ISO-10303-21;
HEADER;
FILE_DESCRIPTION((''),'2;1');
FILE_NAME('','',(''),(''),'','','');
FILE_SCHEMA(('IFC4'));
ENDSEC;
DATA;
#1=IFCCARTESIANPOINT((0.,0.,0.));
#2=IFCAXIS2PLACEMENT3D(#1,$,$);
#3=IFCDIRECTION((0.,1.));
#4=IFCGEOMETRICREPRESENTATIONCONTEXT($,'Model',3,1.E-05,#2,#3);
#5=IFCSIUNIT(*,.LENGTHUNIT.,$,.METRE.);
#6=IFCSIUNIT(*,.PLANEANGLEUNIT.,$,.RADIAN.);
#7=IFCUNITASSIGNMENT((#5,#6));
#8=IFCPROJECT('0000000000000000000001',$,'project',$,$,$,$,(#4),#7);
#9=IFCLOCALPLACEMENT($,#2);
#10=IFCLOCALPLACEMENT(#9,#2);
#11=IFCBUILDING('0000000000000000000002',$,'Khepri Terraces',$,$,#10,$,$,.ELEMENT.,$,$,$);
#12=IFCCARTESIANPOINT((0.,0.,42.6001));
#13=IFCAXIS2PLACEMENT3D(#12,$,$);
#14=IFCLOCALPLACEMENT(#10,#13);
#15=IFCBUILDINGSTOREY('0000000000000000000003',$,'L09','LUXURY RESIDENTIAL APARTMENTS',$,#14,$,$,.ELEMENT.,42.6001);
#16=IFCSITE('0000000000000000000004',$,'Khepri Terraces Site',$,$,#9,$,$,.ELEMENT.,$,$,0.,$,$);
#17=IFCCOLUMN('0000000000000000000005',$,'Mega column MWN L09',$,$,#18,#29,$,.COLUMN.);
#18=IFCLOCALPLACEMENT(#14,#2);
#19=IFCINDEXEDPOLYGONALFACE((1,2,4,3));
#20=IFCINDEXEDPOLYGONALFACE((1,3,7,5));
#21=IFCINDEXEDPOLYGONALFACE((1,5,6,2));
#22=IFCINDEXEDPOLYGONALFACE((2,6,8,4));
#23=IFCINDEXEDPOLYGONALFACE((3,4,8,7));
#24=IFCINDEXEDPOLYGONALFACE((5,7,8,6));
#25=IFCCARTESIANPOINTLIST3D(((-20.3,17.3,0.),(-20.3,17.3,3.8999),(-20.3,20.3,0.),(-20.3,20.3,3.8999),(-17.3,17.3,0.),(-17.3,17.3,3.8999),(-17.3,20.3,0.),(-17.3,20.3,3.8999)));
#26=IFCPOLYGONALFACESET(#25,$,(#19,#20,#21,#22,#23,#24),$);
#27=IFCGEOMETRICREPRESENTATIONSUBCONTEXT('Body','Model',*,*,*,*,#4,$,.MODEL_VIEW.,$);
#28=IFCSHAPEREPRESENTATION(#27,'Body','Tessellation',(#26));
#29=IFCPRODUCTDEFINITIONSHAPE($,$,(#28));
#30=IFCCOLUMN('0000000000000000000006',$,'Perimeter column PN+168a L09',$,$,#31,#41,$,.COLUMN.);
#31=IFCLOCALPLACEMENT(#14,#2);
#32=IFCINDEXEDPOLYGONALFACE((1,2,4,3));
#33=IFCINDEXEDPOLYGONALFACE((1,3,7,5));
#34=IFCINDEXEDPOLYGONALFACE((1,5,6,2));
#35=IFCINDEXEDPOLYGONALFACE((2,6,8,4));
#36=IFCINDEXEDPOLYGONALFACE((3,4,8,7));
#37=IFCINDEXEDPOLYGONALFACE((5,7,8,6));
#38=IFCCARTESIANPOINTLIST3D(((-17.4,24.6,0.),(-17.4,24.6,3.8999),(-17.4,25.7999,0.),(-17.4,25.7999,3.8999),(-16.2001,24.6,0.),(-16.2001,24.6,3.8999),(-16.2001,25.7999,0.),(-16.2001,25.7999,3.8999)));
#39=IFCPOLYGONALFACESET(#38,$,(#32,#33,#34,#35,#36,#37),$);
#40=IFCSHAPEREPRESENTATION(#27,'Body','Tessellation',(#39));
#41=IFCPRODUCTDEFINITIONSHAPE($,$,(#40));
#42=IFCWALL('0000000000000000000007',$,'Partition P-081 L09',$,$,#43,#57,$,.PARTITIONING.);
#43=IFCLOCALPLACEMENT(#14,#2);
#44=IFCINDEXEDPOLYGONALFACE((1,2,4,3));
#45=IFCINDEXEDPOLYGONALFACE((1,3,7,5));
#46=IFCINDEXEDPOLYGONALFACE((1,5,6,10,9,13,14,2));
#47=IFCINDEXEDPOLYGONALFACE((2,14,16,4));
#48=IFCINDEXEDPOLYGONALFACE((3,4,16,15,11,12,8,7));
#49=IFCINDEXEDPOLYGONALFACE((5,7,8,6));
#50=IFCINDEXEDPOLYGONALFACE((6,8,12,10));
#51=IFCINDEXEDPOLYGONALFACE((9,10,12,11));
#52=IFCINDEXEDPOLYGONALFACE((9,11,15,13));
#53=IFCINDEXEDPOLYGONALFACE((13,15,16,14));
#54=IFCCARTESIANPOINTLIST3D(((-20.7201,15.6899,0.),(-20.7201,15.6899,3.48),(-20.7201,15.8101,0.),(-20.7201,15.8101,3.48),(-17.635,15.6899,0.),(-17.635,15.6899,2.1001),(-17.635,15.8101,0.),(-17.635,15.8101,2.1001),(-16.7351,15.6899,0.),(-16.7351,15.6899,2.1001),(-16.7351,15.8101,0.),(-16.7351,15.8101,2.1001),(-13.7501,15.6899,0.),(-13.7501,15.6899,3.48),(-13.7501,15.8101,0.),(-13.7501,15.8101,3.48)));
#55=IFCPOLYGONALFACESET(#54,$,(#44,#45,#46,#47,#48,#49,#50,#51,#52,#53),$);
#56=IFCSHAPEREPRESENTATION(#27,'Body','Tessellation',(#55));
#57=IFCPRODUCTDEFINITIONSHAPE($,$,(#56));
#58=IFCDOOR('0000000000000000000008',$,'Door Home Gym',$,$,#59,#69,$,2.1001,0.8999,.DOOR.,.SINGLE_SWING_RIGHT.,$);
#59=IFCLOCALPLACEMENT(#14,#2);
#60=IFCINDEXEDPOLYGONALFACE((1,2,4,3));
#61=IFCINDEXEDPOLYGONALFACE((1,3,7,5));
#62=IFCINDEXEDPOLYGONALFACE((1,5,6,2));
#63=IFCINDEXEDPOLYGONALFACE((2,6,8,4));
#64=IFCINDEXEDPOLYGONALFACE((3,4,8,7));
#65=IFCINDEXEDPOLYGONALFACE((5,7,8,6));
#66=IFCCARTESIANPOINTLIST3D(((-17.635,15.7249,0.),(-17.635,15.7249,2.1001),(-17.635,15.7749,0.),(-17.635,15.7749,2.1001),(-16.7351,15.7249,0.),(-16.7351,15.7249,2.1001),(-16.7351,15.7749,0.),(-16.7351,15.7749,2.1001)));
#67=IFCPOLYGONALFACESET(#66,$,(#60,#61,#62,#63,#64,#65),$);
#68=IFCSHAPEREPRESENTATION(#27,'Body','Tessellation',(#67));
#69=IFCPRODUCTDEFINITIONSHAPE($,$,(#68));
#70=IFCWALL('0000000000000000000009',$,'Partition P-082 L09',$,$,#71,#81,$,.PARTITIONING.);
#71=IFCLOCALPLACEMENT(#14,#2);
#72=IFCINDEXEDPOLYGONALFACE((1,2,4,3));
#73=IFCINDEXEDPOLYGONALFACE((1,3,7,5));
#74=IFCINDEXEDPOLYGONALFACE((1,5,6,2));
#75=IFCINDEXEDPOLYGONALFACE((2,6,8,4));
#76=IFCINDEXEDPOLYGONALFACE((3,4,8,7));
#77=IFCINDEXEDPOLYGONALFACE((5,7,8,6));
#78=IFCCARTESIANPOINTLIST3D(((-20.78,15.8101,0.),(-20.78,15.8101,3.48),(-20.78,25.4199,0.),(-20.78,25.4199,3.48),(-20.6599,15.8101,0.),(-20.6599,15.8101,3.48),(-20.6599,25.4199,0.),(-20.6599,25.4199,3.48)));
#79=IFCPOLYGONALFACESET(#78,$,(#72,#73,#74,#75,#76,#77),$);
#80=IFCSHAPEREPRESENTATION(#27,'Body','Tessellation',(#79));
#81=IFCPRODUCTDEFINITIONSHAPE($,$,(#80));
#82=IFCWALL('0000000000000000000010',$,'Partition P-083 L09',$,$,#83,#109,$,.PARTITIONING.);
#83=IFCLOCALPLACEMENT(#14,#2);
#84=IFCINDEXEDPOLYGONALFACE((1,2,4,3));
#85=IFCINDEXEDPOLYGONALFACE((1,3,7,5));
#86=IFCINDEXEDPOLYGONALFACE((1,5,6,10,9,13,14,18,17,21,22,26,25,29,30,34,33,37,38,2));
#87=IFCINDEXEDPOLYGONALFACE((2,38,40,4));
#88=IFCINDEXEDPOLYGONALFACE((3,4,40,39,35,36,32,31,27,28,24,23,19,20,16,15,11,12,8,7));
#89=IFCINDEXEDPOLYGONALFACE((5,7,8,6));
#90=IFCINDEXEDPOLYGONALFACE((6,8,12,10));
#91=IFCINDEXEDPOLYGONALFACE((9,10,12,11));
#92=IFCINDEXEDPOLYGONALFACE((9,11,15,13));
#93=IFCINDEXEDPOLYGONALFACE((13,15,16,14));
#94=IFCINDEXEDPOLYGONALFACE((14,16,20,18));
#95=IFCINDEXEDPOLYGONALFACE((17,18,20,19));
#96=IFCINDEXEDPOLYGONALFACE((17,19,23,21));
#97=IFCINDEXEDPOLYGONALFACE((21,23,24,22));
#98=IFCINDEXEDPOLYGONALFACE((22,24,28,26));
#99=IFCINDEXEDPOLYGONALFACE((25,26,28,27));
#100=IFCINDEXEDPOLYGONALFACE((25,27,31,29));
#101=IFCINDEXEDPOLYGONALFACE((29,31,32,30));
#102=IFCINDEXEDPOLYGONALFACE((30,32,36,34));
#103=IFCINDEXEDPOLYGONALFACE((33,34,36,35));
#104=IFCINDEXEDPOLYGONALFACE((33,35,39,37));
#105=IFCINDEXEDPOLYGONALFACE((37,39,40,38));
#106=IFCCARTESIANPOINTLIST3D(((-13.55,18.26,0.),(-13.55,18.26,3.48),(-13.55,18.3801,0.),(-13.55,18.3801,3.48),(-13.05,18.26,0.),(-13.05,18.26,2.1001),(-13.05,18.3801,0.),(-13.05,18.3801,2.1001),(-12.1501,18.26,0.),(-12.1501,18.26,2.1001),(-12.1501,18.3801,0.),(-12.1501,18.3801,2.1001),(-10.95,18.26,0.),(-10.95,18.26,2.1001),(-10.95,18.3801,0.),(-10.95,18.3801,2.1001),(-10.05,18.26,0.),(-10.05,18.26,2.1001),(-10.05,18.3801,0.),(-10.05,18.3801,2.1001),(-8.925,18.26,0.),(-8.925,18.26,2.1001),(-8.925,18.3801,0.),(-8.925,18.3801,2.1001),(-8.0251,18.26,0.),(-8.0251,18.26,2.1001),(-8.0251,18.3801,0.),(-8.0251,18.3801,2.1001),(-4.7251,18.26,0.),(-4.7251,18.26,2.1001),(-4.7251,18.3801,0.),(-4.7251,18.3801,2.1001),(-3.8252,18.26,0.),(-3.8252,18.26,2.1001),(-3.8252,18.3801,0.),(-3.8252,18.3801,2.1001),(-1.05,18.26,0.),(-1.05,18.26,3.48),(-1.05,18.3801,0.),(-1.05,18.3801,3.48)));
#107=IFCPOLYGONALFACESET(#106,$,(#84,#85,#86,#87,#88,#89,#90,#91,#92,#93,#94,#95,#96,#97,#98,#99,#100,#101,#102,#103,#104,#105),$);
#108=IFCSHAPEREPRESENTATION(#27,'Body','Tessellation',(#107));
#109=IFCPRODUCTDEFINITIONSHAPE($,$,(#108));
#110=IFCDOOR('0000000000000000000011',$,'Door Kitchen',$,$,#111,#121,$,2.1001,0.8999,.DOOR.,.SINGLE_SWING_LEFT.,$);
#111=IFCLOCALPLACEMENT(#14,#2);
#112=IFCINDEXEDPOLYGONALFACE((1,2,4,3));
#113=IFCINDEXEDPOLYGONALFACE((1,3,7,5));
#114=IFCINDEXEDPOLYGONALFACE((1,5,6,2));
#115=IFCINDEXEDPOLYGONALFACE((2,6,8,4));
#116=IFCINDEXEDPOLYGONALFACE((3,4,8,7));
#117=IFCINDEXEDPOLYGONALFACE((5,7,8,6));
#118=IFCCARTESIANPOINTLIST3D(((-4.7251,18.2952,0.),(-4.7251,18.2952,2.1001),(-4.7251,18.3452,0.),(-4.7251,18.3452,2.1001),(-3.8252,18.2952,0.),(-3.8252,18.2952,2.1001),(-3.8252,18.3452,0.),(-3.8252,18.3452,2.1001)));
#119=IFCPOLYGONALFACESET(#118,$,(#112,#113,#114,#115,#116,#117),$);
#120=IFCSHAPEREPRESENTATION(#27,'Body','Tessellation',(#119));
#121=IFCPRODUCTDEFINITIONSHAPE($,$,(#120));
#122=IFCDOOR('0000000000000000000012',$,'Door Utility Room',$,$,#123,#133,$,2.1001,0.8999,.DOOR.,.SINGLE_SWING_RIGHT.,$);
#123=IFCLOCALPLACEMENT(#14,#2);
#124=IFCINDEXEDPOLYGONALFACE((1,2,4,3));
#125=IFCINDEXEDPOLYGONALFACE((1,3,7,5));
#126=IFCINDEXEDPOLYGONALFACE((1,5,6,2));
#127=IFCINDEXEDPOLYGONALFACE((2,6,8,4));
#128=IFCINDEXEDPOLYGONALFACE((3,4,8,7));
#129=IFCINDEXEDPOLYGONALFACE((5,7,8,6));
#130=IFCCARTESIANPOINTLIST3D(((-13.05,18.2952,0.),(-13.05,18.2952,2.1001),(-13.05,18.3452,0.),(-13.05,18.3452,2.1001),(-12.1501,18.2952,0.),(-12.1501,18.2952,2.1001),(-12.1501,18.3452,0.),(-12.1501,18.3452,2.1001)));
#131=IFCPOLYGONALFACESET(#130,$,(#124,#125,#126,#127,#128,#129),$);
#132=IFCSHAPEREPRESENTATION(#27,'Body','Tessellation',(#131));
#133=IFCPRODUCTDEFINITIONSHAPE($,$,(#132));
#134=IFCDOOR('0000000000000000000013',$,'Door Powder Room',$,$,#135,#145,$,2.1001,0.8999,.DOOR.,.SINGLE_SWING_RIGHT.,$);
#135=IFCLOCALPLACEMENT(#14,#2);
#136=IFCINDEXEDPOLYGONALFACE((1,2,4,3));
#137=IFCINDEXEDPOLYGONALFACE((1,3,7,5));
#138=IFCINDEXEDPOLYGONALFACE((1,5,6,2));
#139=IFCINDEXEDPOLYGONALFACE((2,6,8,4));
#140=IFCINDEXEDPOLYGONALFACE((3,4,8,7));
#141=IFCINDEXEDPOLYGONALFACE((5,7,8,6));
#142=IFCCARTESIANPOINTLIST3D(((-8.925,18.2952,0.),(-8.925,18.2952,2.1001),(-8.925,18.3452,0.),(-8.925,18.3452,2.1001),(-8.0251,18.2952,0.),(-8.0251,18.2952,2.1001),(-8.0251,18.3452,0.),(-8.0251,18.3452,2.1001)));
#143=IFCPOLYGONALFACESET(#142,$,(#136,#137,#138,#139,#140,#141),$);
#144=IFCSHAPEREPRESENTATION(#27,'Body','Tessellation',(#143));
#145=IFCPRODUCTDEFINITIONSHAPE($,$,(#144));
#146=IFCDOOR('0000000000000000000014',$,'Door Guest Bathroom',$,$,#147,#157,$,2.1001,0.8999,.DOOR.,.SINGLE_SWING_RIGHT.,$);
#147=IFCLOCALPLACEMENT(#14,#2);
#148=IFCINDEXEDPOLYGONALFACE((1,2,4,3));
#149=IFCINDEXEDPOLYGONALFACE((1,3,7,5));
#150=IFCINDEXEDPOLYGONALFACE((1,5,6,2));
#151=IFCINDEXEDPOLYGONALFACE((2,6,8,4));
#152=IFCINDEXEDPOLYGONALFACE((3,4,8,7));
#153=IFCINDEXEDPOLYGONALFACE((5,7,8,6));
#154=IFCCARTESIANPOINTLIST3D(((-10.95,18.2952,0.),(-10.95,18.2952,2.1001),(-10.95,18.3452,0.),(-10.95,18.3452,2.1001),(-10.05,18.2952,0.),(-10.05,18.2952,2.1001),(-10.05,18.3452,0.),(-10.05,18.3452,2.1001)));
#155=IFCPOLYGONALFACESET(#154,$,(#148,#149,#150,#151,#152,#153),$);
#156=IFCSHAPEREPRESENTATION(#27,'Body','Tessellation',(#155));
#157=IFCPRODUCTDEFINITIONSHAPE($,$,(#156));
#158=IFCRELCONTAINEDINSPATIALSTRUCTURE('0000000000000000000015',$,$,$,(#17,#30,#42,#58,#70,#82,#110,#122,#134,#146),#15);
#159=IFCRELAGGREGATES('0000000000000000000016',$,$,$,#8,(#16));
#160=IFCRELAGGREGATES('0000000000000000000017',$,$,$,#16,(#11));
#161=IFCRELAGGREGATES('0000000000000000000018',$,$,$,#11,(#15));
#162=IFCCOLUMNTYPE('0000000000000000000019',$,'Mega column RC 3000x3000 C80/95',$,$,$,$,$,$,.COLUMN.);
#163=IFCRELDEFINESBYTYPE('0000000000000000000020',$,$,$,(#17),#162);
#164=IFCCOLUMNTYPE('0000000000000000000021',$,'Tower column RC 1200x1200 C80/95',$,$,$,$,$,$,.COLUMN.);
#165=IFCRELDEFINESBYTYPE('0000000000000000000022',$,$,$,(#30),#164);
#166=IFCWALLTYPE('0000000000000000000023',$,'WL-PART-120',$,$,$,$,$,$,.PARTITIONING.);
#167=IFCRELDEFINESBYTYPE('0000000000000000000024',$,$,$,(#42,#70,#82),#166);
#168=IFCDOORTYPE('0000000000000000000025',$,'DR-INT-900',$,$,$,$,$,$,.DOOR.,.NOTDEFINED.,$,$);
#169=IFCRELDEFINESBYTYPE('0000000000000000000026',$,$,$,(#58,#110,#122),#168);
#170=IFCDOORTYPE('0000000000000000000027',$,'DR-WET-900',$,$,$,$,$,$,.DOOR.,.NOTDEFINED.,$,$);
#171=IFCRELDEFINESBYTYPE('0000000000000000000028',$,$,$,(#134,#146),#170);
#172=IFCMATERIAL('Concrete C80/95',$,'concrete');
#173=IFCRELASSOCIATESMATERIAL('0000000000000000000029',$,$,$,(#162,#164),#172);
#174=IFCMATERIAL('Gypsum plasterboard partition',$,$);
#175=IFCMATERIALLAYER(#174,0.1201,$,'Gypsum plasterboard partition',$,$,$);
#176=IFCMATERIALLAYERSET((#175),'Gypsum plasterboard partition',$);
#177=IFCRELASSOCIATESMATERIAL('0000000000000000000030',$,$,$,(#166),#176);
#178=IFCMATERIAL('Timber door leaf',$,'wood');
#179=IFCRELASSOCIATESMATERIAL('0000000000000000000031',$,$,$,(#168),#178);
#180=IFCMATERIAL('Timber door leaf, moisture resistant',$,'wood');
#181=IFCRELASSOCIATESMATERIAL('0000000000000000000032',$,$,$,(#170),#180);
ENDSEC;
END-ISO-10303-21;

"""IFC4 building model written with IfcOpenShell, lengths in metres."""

from ifc_helpers import new_model, si_unit, direction, frame, frame_2d, origin, origin_2d, place, context, subcontext, project, spatial, rectangle, extrude, material, layer, layer_set, material_profile, profile_set, type_object, element, fill, save


model = new_model("IFC4")

# Units and contexts
model_context = context("Model", 3, precision=1e-05, world=origin(), true_north=direction((0.0, 1.0)))
body_context = subcontext(model_context, "Body", "Model", "MODEL_VIEW")
ifc_project = project(units=[si_unit("LENGTHUNIT", "METRE"), si_unit("PLANEANGLEUNIT", "RADIAN")], contexts=[model_context])

# Site, building, storey
site_placement = place(None, origin())
site = spatial("IfcSite", under=ifc_project, at=site_placement, Name="Khepri Terraces Site", CompositionType="ELEMENT", RefElevation=0.0)
building_placement = place(site_placement, origin())
building = spatial("IfcBuilding", under=site, at=building_placement, Name="Khepri Terraces", CompositionType="ELEMENT")
storey_placement = place(building_placement, frame((0.0, 0.0, 42.6001)))
storey = spatial("IfcBuildingStorey", under=building, at=storey_placement, Name="L09", Description="LUXURY RESIDENTIAL APARTMENTS", CompositionType="ELEMENT", Elevation=42.6001)

# Columns
ifc_material_1 = material(Name="Concrete C80/95", Category="concrete")
ifc_material_profile_1 = material_profile(ifc_material_1, rectangle(XDim=3.0, YDim=3.0, at=origin_2d()), Name="Concrete C80/95", Category="concrete")
ifc_profile_set_1 = profile_set([ifc_material_profile_1], Name="Concrete C80/95")
column_type_1 = type_object("IfcColumnType", Name="Mega column RC 3000x3000 C80/95", PredefinedType="COLUMN", material=ifc_profile_set_1)
column_1_placement = place(storey_placement, frame((-18.8, 18.8, 0.0), z_axis=(0.0, 0.0, 1.0), x_axis=(1.0, 0.0, 0.0)))
element("IfcColumn", 1, at=column_1_placement, inside=storey, type_object=column_type_1, Name="Mega column MWN L09", PredefinedType="COLUMN", context=body_context, shape_type="SweptSolid", body=[
    extrude(rectangle(XDim=3.0, YDim=3.0, at=origin_2d()), origin(), (0.0, 0.0, 1.0), 3.8999),
])
ifc_material_profile_2 = material_profile(ifc_material_1, rectangle(XDim=1.2, YDim=1.2, at=origin_2d()), Name="Concrete C80/95", Category="concrete")
ifc_profile_set_2 = profile_set([ifc_material_profile_2], Name="Concrete C80/95")
column_type_2 = type_object("IfcColumnType", Name="Tower column RC 1200x1200 C80/95", PredefinedType="COLUMN", material=ifc_profile_set_2)
column_2_placement = place(storey_placement, frame((-16.8, 25.2, 0.0), z_axis=(0.0, 0.0, 1.0), x_axis=(1.0, 0.0, 0.0)))
element("IfcColumn", 2, at=column_2_placement, inside=storey, type_object=column_type_2, Name="Perimeter column PN+168a L09", PredefinedType="COLUMN", context=body_context, shape_type="SweptSolid", body=[
    extrude(rectangle(XDim=1.2, YDim=1.2, at=origin_2d()), origin(), (0.0, 0.0, 1.0), 3.8999),
])

# Wall, opening, door
ifc_material_2 = material(Name="Gypsum plasterboard partition")
ifc_layer_1 = layer(ifc_material_2, 0.1201, Name="Gypsum plasterboard partition")
ifc_layer_set_1 = layer_set([ifc_layer_1], Name="Gypsum plasterboard partition")
wall_type_1 = type_object("IfcWallType", Name="WL-PART-120", PredefinedType="PARTITIONING", material=ifc_layer_set_1)
wall_1_placement = place(storey_placement, frame((-20.72, 15.75, 0.0), z_axis=(0.0, 0.0, 1.0), x_axis=(1.0, 0.0, 0.0)))
wall_1 = element("IfcWall", 3, at=wall_1_placement, inside=storey, type_object=wall_type_1, Name="Partition P-081 L09", PredefinedType="PARTITIONING", context=body_context, shape_type="SweptSolid", body=[
    extrude(rectangle(XDim=6.97, YDim=0.1201, at=frame_2d((3.4849, 0.0))), origin(), (0.0, 0.0, 1.0), 3.48),
])
opening_1_placement = place(wall_1_placement, frame((3.085, 0.0, 0.0)))
opening_1 = element("IfcOpeningElement", 4, at=opening_1_placement, cuts=wall_1, PredefinedType="OPENING", context=body_context, shape_type="SweptSolid", body=[
    extrude(rectangle(XDim=0.8999, YDim=2.1001, at=frame_2d((0.45, 1.05))), frame((0.0, 0.0701, 0.0), z_axis=(0.0, -1.0, 0.0), x_axis=(1.0, 0.0, 0.0)), (0.0, 0.0, 1.0), 0.1401),
])
ifc_material_3 = material(Name="Timber door leaf", Category="wood")
door_type_1 = type_object("IfcDoorType", Name="DR-INT-900", OperationType="NOTDEFINED", PredefinedType="DOOR", material=ifc_material_3)
door_1_placement = place(opening_1_placement, origin())
door_1 = element("IfcDoor", 5, at=door_1_placement, inside=storey, type_object=door_type_1, Name="Door Home Gym", OperationType="SINGLE_SWING_RIGHT", OverallHeight=2.1001, OverallWidth=0.8999, PredefinedType="DOOR", context=body_context, shape_type="SweptSolid", body=[
    extrude(rectangle(XDim=0.8999, YDim=2.1001, at=frame_2d((0.45, 1.05))), frame((0.0, 0.0249, 0.0), z_axis=(0.0, -1.0, 0.0), x_axis=(1.0, 0.0, 0.0)), (0.0, 0.0, 1.0), 0.05),
])
fill(opening_1, door_1)

# Wall
wall_2_placement = place(storey_placement, frame((-20.72, 15.8101, 0.0), z_axis=(0.0, 0.0, 1.0), x_axis=(0.0, 1.0, 0.0)))
element("IfcWall", 6, at=wall_2_placement, inside=storey, type_object=wall_type_1, Name="Partition P-082 L09", PredefinedType="PARTITIONING", context=body_context, shape_type="SweptSolid", body=[
    extrude(rectangle(XDim=9.6099, YDim=0.1201, at=frame_2d((4.8049, 0.0))), origin(), (0.0, 0.0, 1.0), 3.48),
])

# Wall, openings, doors
wall_3_placement = place(storey_placement, frame((-13.55, 18.3201, 0.0), z_axis=(0.0, 0.0, 1.0), x_axis=(1.0, 0.0, 0.0)))
wall_3 = element("IfcWall", 7, at=wall_3_placement, inside=storey, type_object=wall_type_1, Name="Partition P-083 L09", PredefinedType="PARTITIONING", context=body_context, shape_type="SweptSolid", body=[
    extrude(rectangle(XDim=12.5, YDim=0.1201, at=frame_2d((6.25, 0.0))), origin(), (0.0, 0.0, 1.0), 3.48),
])
opening_2_placement = place(wall_3_placement, frame((8.825, 0.0, 0.0)))
opening_2 = element("IfcOpeningElement", 8, at=opening_2_placement, cuts=wall_3, PredefinedType="OPENING", context=body_context, shape_type="SweptSolid", body=[
    extrude(rectangle(XDim=0.8999, YDim=2.1001, at=frame_2d((0.45, 1.05))), frame((0.0, 0.0701, 0.0), z_axis=(0.0, -1.0, 0.0), x_axis=(1.0, 0.0, 0.0)), (0.0, 0.0, 1.0), 0.1401),
])
opening_3_placement = place(wall_3_placement, frame((4.625, 0.0, 0.0)))
opening_3 = element("IfcOpeningElement", 9, at=opening_3_placement, cuts=wall_3, PredefinedType="OPENING", context=body_context, shape_type="SweptSolid", body=[
    extrude(rectangle(XDim=0.8999, YDim=2.1001, at=frame_2d((0.45, 1.05))), frame((0.0, 0.0701, 0.0), z_axis=(0.0, -1.0, 0.0), x_axis=(1.0, 0.0, 0.0)), (0.0, 0.0, 1.0), 0.1401),
])
opening_4_placement = place(wall_3_placement, frame((2.6001, 0.0, 0.0)))
opening_4 = element("IfcOpeningElement", 10, at=opening_4_placement, cuts=wall_3, PredefinedType="OPENING", context=body_context, shape_type="SweptSolid", body=[
    extrude(rectangle(XDim=0.8999, YDim=2.1001, at=frame_2d((0.45, 1.05))), frame((0.0, 0.0701, 0.0), z_axis=(0.0, -1.0, 0.0), x_axis=(1.0, 0.0, 0.0)), (0.0, 0.0, 1.0), 0.1401),
])
opening_5_placement = place(wall_3_placement, frame((0.5, 0.0, 0.0)))
opening_5 = element("IfcOpeningElement", 11, at=opening_5_placement, cuts=wall_3, PredefinedType="OPENING", context=body_context, shape_type="SweptSolid", body=[
    extrude(rectangle(XDim=0.8999, YDim=2.1001, at=frame_2d((0.45, 1.05))), frame((0.0, 0.0701, 0.0), z_axis=(0.0, -1.0, 0.0), x_axis=(1.0, 0.0, 0.0)), (0.0, 0.0, 1.0), 0.1401),
])
door_2_placement = place(opening_2_placement, frame((0.8999, 0.0, 0.0), z_axis=(0.0, 0.0, 1.0), x_axis=(-1.0, 0.0, 0.0)))
door_2 = element("IfcDoor", 12, at=door_2_placement, inside=storey, type_object=door_type_1, Name="Door Kitchen", OperationType="SINGLE_SWING_LEFT", OverallHeight=2.1001, OverallWidth=0.8999, PredefinedType="DOOR", context=body_context, shape_type="SweptSolid", body=[
    extrude(rectangle(XDim=0.8999, YDim=2.1001, at=frame_2d((0.45, 1.05))), frame((0.0, 0.0249, 0.0), z_axis=(0.0, -1.0, 0.0), x_axis=(1.0, 0.0, 0.0)), (0.0, 0.0, 1.0), 0.05),
])
fill(opening_2, door_2)
door_3_placement = place(opening_5_placement, frame((0.8999, 0.0, 0.0), z_axis=(0.0, 0.0, 1.0), x_axis=(-1.0, 0.0, 0.0)))
door_3 = element("IfcDoor", 13, at=door_3_placement, inside=storey, type_object=door_type_1, Name="Door Utility Room", OperationType="SINGLE_SWING_RIGHT", OverallHeight=2.1001, OverallWidth=0.8999, PredefinedType="DOOR", context=body_context, shape_type="SweptSolid", body=[
    extrude(rectangle(XDim=0.8999, YDim=2.1001, at=frame_2d((0.45, 1.05))), frame((0.0, 0.0249, 0.0), z_axis=(0.0, -1.0, 0.0), x_axis=(1.0, 0.0, 0.0)), (0.0, 0.0, 1.0), 0.05),
])
fill(opening_5, door_3)
ifc_material_4 = material(Name="Timber door leaf, moisture resistant", Category="wood")
door_type_2 = type_object("IfcDoorType", Name="DR-WET-900", OperationType="NOTDEFINED", PredefinedType="DOOR", material=ifc_material_4)
door_4_placement = place(opening_3_placement, frame((0.8999, 0.0, 0.0), z_axis=(0.0, 0.0, 1.0), x_axis=(-1.0, 0.0, 0.0)))
door_4 = element("IfcDoor", 14, at=door_4_placement, inside=storey, type_object=door_type_2, Name="Door Powder Room", OperationType="SINGLE_SWING_RIGHT", OverallHeight=2.1001, OverallWidth=0.8999, PredefinedType="DOOR", context=body_context, shape_type="SweptSolid", body=[
    extrude(rectangle(XDim=0.8999, YDim=2.1001, at=frame_2d((0.45, 1.05))), frame((0.0, 0.0249, 0.0), z_axis=(0.0, -1.0, 0.0), x_axis=(1.0, 0.0, 0.0)), (0.0, 0.0, 1.0), 0.05),
])
fill(opening_3, door_4)
door_5_placement = place(opening_4_placement, frame((0.8999, 0.0, 0.0), z_axis=(0.0, 0.0, 1.0), x_axis=(-1.0, 0.0, 0.0)))
door_5 = element("IfcDoor", 15, at=door_5_placement, inside=storey, type_object=door_type_2, Name="Door Guest Bathroom", OperationType="SINGLE_SWING_RIGHT", OverallHeight=2.1001, OverallWidth=0.8999, PredefinedType="DOOR", context=body_context, shape_type="SweptSolid", body=[
    extrude(rectangle(XDim=0.8999, YDim=2.1001, at=frame_2d((0.45, 1.05))), frame((0.0, 0.0249, 0.0), z_axis=(0.0, -1.0, 0.0), x_axis=(1.0, 0.0, 0.0)), (0.0, 0.0, 1.0), 0.05),
])
fill(opening_4, door_5)

save(model, "model.ifc")
